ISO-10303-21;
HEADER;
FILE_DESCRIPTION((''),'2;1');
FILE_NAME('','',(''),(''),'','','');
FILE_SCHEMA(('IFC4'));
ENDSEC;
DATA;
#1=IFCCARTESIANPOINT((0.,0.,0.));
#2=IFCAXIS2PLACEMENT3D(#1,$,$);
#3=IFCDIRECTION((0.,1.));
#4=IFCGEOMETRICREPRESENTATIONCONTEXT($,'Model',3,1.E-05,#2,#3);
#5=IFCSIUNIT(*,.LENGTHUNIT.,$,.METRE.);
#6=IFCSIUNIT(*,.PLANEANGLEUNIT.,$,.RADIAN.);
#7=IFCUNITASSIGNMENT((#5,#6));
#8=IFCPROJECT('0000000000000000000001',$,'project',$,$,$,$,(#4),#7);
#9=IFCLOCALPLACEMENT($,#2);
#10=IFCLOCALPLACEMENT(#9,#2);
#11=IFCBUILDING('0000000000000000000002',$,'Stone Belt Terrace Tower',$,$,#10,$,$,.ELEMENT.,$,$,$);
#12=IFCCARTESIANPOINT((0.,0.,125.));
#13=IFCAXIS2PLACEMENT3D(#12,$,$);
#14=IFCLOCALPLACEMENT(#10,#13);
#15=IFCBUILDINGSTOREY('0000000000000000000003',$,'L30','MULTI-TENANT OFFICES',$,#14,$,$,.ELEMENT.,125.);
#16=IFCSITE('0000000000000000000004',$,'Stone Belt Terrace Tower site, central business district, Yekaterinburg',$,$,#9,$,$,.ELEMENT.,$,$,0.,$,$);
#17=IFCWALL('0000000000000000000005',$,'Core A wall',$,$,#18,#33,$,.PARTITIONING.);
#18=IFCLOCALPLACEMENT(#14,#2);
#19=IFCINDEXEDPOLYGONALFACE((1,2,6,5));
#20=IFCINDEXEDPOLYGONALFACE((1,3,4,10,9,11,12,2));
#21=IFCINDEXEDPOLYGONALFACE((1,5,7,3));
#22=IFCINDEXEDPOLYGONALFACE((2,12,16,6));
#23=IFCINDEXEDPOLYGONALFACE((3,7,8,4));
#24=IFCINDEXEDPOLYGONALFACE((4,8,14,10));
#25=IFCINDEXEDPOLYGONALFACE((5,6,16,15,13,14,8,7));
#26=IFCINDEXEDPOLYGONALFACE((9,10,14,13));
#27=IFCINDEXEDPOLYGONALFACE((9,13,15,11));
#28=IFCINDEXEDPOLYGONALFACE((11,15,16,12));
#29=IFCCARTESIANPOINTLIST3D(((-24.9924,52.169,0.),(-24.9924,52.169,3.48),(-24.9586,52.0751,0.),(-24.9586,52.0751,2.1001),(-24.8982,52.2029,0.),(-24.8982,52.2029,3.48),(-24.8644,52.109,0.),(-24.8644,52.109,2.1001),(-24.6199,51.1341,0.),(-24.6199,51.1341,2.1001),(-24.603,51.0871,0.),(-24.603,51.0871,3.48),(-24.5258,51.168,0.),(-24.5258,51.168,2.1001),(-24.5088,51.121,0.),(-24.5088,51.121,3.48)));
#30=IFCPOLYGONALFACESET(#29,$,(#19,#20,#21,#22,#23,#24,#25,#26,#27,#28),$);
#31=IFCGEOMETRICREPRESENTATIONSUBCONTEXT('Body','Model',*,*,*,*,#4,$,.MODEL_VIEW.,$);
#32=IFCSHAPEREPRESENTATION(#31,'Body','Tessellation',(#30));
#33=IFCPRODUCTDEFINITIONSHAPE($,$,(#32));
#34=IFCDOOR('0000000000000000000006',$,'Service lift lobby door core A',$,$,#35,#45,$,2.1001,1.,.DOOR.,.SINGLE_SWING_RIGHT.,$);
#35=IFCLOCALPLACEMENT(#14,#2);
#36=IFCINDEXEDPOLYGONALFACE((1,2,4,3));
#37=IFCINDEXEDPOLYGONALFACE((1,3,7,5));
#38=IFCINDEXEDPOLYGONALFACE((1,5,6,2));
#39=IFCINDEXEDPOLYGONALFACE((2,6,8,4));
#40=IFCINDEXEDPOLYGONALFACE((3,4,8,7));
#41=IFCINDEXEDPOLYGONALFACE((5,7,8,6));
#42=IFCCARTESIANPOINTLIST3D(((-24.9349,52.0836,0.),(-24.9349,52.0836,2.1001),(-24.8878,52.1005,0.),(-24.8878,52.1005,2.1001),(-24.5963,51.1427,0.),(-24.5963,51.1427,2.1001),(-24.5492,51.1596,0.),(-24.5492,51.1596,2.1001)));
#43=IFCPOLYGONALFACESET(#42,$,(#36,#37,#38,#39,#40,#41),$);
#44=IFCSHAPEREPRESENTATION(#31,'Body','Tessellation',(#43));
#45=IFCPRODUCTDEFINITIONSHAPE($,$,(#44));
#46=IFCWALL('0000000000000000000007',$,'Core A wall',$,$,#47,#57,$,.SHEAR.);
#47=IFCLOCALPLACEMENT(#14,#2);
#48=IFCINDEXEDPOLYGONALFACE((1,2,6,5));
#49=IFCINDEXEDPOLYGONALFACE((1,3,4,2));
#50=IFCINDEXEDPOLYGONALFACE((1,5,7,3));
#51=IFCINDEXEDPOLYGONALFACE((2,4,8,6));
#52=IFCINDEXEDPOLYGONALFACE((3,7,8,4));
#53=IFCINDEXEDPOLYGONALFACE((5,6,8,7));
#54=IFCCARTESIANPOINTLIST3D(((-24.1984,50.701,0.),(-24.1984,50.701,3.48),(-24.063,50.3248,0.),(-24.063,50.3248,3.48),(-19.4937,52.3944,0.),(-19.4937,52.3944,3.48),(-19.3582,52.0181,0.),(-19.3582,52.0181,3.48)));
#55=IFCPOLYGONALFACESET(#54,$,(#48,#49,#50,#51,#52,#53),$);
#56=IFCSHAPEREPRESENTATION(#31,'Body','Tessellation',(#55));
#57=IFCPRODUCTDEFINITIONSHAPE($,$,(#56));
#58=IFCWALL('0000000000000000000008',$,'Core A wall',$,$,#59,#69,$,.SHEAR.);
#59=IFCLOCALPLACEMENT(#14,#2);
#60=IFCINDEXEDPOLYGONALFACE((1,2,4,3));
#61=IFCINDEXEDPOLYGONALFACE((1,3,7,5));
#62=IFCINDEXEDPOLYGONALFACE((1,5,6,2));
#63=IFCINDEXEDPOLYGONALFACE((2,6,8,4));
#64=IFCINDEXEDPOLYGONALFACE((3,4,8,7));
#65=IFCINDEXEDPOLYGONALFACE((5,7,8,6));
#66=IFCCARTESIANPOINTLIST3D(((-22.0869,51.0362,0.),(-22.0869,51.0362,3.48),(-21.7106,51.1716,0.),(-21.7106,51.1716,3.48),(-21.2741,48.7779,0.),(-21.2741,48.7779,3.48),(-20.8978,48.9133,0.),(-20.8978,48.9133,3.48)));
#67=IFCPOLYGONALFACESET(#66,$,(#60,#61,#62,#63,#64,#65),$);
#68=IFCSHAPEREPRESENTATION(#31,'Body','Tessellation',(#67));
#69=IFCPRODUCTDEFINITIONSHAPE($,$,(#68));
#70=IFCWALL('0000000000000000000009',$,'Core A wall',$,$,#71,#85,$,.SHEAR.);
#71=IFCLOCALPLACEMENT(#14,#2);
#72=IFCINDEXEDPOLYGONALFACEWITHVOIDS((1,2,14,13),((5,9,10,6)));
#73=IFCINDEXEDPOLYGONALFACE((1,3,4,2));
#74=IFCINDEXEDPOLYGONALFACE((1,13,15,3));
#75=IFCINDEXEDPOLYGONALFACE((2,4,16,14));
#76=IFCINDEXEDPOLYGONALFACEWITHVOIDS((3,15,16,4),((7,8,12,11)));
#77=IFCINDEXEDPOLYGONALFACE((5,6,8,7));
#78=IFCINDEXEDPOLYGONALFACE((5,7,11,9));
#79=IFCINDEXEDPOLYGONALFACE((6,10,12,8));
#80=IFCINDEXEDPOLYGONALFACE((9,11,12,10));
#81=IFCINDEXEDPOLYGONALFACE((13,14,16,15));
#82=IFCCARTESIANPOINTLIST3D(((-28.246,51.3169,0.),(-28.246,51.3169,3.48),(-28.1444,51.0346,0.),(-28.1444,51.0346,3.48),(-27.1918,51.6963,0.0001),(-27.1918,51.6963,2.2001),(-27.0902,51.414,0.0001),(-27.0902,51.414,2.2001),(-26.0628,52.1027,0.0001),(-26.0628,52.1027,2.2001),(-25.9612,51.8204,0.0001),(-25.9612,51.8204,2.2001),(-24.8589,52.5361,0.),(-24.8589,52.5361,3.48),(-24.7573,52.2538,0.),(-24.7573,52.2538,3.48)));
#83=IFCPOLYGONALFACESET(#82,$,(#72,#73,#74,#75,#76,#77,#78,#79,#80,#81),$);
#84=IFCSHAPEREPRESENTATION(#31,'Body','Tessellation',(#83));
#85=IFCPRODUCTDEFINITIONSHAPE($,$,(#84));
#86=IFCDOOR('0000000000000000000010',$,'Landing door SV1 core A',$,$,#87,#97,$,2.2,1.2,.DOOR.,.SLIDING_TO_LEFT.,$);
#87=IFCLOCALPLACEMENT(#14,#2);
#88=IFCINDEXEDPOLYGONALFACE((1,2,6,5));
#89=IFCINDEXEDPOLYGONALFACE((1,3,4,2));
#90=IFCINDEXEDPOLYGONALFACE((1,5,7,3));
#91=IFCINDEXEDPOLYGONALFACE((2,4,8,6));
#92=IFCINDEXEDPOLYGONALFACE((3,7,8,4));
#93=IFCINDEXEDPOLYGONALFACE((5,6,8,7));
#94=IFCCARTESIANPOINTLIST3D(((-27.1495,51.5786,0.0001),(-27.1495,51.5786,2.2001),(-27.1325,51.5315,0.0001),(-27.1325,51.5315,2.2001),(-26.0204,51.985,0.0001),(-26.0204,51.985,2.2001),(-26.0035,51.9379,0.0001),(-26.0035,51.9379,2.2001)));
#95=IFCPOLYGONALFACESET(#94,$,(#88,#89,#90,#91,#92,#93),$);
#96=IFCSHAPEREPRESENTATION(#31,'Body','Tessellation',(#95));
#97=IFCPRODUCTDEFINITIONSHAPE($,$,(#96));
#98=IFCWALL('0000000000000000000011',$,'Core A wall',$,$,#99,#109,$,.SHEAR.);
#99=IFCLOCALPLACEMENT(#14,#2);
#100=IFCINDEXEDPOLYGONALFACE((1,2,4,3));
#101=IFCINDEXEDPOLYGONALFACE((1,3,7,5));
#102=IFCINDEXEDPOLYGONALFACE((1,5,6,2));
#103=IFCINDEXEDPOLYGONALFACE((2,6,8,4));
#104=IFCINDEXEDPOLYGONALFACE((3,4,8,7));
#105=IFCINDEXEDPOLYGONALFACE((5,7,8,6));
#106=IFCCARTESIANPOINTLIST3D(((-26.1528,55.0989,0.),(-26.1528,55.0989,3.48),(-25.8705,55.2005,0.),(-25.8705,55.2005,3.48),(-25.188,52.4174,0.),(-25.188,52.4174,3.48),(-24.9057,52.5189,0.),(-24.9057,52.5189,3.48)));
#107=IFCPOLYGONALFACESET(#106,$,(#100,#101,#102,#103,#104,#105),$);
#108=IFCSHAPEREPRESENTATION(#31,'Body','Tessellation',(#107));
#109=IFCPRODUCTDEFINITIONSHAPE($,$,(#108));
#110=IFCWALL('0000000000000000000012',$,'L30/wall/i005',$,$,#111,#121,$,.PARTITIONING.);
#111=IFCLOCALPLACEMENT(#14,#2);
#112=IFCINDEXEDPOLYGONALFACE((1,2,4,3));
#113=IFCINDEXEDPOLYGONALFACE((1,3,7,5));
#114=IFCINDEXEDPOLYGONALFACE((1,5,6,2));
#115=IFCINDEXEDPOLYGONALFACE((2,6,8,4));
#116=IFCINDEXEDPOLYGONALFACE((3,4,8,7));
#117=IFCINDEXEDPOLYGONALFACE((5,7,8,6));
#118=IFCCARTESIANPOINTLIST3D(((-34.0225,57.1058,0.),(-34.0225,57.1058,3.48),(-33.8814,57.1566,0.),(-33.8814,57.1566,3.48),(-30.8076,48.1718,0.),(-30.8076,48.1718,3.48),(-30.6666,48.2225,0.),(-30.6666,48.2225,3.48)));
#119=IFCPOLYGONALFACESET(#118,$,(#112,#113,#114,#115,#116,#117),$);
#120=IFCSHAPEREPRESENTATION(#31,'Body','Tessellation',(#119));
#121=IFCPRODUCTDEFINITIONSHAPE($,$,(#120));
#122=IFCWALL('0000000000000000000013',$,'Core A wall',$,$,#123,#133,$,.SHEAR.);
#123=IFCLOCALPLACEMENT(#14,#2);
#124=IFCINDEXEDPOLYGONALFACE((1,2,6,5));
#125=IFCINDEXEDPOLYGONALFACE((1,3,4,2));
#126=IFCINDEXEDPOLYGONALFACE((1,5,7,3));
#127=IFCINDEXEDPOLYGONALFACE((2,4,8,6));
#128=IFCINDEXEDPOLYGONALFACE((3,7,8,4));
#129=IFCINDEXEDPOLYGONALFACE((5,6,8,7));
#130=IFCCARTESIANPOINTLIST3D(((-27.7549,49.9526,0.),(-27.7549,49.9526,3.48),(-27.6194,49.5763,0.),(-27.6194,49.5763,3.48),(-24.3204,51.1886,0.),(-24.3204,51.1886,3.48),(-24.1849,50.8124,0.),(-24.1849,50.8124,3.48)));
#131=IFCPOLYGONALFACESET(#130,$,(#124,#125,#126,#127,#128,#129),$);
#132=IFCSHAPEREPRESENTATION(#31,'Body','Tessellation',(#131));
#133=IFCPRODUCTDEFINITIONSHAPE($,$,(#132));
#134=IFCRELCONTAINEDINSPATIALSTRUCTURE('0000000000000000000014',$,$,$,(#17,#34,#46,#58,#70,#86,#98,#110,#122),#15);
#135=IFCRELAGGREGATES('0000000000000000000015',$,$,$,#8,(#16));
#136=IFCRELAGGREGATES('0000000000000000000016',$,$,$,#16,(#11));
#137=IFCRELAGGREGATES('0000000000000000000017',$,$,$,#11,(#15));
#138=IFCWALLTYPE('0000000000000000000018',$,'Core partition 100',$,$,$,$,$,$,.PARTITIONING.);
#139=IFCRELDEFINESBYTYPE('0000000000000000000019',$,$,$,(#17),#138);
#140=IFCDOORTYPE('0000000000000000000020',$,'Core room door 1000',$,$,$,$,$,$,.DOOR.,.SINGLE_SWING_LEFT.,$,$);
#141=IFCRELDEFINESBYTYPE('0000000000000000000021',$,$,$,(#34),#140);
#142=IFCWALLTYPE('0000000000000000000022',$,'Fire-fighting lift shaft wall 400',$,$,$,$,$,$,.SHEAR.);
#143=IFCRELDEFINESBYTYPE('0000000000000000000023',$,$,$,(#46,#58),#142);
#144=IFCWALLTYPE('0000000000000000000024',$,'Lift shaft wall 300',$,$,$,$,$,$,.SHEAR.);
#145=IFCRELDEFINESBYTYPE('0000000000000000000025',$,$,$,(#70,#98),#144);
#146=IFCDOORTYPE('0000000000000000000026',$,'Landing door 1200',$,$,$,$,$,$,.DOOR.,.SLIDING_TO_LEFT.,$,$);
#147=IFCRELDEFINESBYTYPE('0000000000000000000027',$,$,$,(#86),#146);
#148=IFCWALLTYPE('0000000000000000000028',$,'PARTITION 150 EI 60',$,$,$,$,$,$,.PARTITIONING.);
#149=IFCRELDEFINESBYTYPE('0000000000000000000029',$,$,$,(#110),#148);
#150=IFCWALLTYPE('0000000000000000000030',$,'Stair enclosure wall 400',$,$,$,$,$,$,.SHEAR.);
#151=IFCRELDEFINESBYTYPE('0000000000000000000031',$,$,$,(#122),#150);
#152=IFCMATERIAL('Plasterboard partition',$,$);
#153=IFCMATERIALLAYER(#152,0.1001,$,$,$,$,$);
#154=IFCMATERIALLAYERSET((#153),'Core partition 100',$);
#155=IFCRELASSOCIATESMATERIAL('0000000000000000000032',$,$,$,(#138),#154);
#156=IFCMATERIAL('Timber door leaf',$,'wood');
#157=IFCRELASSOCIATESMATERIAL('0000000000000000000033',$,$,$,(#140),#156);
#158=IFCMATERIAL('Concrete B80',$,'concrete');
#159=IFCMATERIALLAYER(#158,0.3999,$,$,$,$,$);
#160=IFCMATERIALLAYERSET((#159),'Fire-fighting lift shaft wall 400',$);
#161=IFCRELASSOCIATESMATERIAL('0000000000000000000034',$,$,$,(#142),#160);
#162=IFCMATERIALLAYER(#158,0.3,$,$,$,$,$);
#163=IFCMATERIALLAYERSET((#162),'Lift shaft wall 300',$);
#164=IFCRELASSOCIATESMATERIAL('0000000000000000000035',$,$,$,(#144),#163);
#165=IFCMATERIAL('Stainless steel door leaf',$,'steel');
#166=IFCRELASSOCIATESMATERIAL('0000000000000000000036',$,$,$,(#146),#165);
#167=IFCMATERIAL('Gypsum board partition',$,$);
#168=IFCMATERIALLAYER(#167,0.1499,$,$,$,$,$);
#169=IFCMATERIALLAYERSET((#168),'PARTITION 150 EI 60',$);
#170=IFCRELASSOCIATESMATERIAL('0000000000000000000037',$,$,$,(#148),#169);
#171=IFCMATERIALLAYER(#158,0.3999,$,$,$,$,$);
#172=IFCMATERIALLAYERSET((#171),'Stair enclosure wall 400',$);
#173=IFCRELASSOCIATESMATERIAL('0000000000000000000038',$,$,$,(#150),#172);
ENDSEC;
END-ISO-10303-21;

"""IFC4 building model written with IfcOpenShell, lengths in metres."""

from ifc_helpers import new_model, si_unit, direction, frame, frame_2d, origin, place, context, subcontext, project, spatial, rectangle, extrude, material, layer, layer_set, type_object, element, fill, save


model = new_model("IFC4")

# Units and contexts
model_context = context("Model", 3, precision=1e-05, world=origin(), true_north=direction((0.0, 1.0)))
body_context = subcontext(model_context, "Body", "Model", "MODEL_VIEW")
ifc_project = project(units=[si_unit("LENGTHUNIT", "METRE"), si_unit("PLANEANGLEUNIT", "RADIAN")], contexts=[model_context])

# Site, building, storey
site_placement = place(None, origin())
site = spatial("IfcSite", under=ifc_project, at=site_placement, Name="Stone Belt Terrace Tower site, central business district, Yekaterinburg", CompositionType="ELEMENT", RefElevation=0.0)
building_placement = place(site_placement, origin())
building = spatial("IfcBuilding", under=site, at=building_placement, Name="Stone Belt Terrace Tower", CompositionType="ELEMENT")
storey_placement = place(building_placement, frame((0.0, 0.0, 125.0)))
storey = spatial("IfcBuildingStorey", under=building, at=storey_placement, Name="L30", Description="MULTI-TENANT OFFICES", CompositionType="ELEMENT", Elevation=125.0)

# Wall, opening, door
ifc_material_1 = material(Name="Plasterboard partition")
ifc_layer_1 = layer(ifc_material_1, 0.1001)
ifc_layer_set_1 = layer_set([ifc_layer_1], Name="Core partition 100")
wall_type_1 = type_object("IfcWallType", Name="Core partition 100", PredefinedType="PARTITIONING", material=ifc_layer_set_1)
wall_1_placement = place(storey_placement, frame((-24.5559, 51.104, 0.0), z_axis=(0.0, 0.0, 1.0), x_axis=(-0.338622, 0.940923, 0.0)))
wall_1 = element("IfcWall", 1, at=wall_1_placement, inside=storey, type_object=wall_type_1, Name="Core A wall", PredefinedType="PARTITIONING", context=body_context, shape_type="SweptSolid", body=[
    extrude(rectangle(XDim=1.1499, YDim=0.1001, at=frame_2d((0.575, 0.0))), origin(), (0.0, 0.0, 1.0), 3.48),
])
opening_1_placement = place(wall_1_placement, frame((0.05, 0.0, 0.0)))
opening_1 = element("IfcOpeningElement", 2, at=opening_1_placement, cuts=wall_1, PredefinedType="OPENING", context=body_context, shape_type="SweptSolid", body=[
    extrude(rectangle(XDim=1.0, YDim=2.1001, at=frame_2d((0.5, 1.05))), frame((0.0, 0.0601, 0.0), z_axis=(0.0, -1.0, 0.0), x_axis=(1.0, 0.0, 0.0)), (0.0, 0.0, 1.0), 0.1201),
])
ifc_material_2 = material(Name="Timber door leaf", Category="wood")
door_type_1 = type_object("IfcDoorType", Name="Core room door 1000", OperationType="SINGLE_SWING_LEFT", PredefinedType="DOOR", material=ifc_material_2)
door_1_placement = place(opening_1_placement, origin())
door_1 = element("IfcDoor", 3, at=door_1_placement, inside=storey, type_object=door_type_1, Name="Service lift lobby door core A", OperationType="SINGLE_SWING_RIGHT", OverallHeight=2.1001, OverallWidth=1.0, PredefinedType="DOOR", context=body_context, shape_type="SweptSolid", body=[
    extrude(rectangle(XDim=1.0, YDim=2.1001, at=frame_2d((0.5, 1.05))), frame((0.0, 0.0249, 0.0), z_axis=(0.0, -1.0, 0.0), x_axis=(1.0, 0.0, 0.0)), (0.0, 0.0, 1.0), 0.05),
])
fill(opening_1, door_1)

# Walls
ifc_material_3 = material(Name="Concrete B80", Category="concrete")
ifc_layer_2 = layer(ifc_material_3, 0.3999)
ifc_layer_set_2 = layer_set([ifc_layer_2], Name="Fire-fighting lift shaft wall 400")
wall_type_2 = type_object("IfcWallType", Name="Fire-fighting lift shaft wall 400", PredefinedType="SHEAR", material=ifc_layer_set_2)
wall_2_placement = place(storey_placement, frame((-24.1306, 50.5129, 0.0), z_axis=(0.0, 0.0, 1.0), x_axis=(0.940912, 0.338652, 0.0)))
element("IfcWall", 4, at=wall_2_placement, inside=storey, type_object=wall_type_2, Name="Core A wall", PredefinedType="SHEAR", context=body_context, shape_type="SweptSolid", body=[
    extrude(rectangle(XDim=5.0002, YDim=0.3999, at=frame_2d((2.5, 0.0))), origin(), (0.0, 0.0, 1.0), 3.48),
])
wall_3_placement = place(storey_placement, frame((-21.0859, 48.8455, 0.0), z_axis=(0.0, 0.0, 1.0), x_axis=(-0.338629, 0.94092, 0.0)))
element("IfcWall", 5, at=wall_3_placement, inside=storey, type_object=wall_type_2, Name="Core A wall", PredefinedType="SHEAR", context=body_context, shape_type="SweptSolid", body=[
    extrude(rectangle(XDim=2.4001, YDim=0.3999, at=frame_2d((1.2002, 0.0))), origin(), (0.0, 0.0, 1.0), 3.48),
])

# Wall, opening, door
ifc_layer_3 = layer(ifc_material_3, 0.3)
ifc_layer_set_3 = layer_set([ifc_layer_3], Name="Lift shaft wall 300")
wall_type_3 = type_object("IfcWallType", Name="Lift shaft wall 300", PredefinedType="SHEAR", material=ifc_layer_set_3)
wall_4_placement = place(storey_placement, frame((-28.1951, 51.1758, 0.0), z_axis=(0.0, 0.0, 1.0), x_axis=(0.940901, 0.338681, 0.0)))
wall_4 = element("IfcWall", 6, at=wall_4_placement, inside=storey, type_object=wall_type_3, Name="Core A wall", PredefinedType="SHEAR", context=body_context, shape_type="SweptSolid", body=[
    extrude(rectangle(XDim=3.5999, YDim=0.3, at=frame_2d((1.7998, 0.0))), origin(), (0.0, 0.0, 1.0), 3.48),
])
opening_2_placement = place(wall_4_placement, frame((1.1201, 0.0, 0.0)))
opening_2 = element("IfcOpeningElement", 7, at=opening_2_placement, cuts=wall_4, PredefinedType="OPENING", context=body_context, shape_type="SweptSolid", body=[
    extrude(rectangle(XDim=1.2, YDim=2.2, at=frame_2d((0.6001, 1.1001))), frame((0.0, 0.1599, 0.0), z_axis=(0.0, -1.0, 0.0), x_axis=(1.0, 0.0, 0.0)), (0.0, 0.0, 1.0), 0.3201),
])
ifc_material_4 = material(Name="Stainless steel door leaf", Category="steel")
door_type_2 = type_object("IfcDoorType", Name="Landing door 1200", OperationType="SLIDING_TO_LEFT", PredefinedType="DOOR", material=ifc_material_4)
door_2_placement = place(opening_2_placement, origin())
door_2 = element("IfcDoor", 8, at=door_2_placement, inside=storey, type_object=door_type_2, Name="Landing door SV1 core A", OperationType="SLIDING_TO_LEFT", OverallHeight=2.2, OverallWidth=1.2, PredefinedType="DOOR", context=body_context, shape_type="SweptSolid", body=[
    extrude(rectangle(XDim=1.2, YDim=2.2, at=frame_2d((0.6001, 1.1001))), frame((0.0, 0.0249, 0.0), z_axis=(0.0, -1.0, 0.0), x_axis=(1.0, 0.0, 0.0)), (0.0, 0.0, 1.0), 0.05),
])
fill(opening_2, door_2)

# Walls
wall_5_placement = place(storey_placement, frame((-25.0469, 52.4683, 0.0), z_axis=(0.0, 0.0, 1.0), x_axis=(-0.33855, 0.940949, 0.0)))
element("IfcWall", 9, at=wall_5_placement, inside=storey, type_object=wall_type_3, Name="Core A wall", PredefinedType="SHEAR", context=body_context, shape_type="SweptSolid", body=[
    extrude(rectangle(XDim=2.8499, YDim=0.3, at=frame_2d((1.4248, 0.0))), origin(), (0.0, 0.0, 1.0), 3.48),
])
ifc_material_5 = material(Name="Gypsum board partition")
ifc_layer_4 = layer(ifc_material_5, 0.1499)
ifc_layer_set_4 = layer_set([ifc_layer_4], Name="PARTITION 150 EI 60")
wall_type_4 = type_object("IfcWallType", Name="PARTITION 150 EI 60", PredefinedType="PARTITIONING", material=ifc_layer_set_4)
wall_6_placement = place(storey_placement, frame((-30.7371, 48.197, 0.0), z_axis=(0.0, 0.0, 1.0), x_axis=(-0.338587, 0.940935, 0.0)))
element("IfcWall", 10, at=wall_6_placement, inside=storey, type_object=wall_type_4, Name="L30/wall/i005", PredefinedType="PARTITIONING", context=body_context, shape_type="SweptSolid", body=[
    extrude(rectangle(XDim=9.4949, YDim=0.1499, at=frame_2d((4.7476, 0.0))), origin(), (0.0, 0.0, 1.0), 3.48),
])
ifc_layer_5 = layer(ifc_material_3, 0.3999)
ifc_layer_set_5 = layer_set([ifc_layer_5], Name="Stair enclosure wall 400")
wall_type_5 = type_object("IfcWallType", Name="Stair enclosure wall 400", PredefinedType="SHEAR", material=ifc_layer_set_5)
wall_7_placement = place(storey_placement, frame((-27.6873, 49.7644, 0.0), z_axis=(0.0, 0.0, 1.0), x_axis=(0.940919, 0.338632, 0.0)))
element("IfcWall", 11, at=wall_7_placement, inside=storey, type_object=wall_type_5, Name="Core A wall", PredefinedType="SHEAR", context=body_context, shape_type="SweptSolid", body=[
    extrude(rectangle(XDim=3.6501, YDim=0.3999, at=frame_2d((1.8252, 0.0))), origin(), (0.0, 0.0, 1.0), 3.48),
])

save(model, "model.ifc")
